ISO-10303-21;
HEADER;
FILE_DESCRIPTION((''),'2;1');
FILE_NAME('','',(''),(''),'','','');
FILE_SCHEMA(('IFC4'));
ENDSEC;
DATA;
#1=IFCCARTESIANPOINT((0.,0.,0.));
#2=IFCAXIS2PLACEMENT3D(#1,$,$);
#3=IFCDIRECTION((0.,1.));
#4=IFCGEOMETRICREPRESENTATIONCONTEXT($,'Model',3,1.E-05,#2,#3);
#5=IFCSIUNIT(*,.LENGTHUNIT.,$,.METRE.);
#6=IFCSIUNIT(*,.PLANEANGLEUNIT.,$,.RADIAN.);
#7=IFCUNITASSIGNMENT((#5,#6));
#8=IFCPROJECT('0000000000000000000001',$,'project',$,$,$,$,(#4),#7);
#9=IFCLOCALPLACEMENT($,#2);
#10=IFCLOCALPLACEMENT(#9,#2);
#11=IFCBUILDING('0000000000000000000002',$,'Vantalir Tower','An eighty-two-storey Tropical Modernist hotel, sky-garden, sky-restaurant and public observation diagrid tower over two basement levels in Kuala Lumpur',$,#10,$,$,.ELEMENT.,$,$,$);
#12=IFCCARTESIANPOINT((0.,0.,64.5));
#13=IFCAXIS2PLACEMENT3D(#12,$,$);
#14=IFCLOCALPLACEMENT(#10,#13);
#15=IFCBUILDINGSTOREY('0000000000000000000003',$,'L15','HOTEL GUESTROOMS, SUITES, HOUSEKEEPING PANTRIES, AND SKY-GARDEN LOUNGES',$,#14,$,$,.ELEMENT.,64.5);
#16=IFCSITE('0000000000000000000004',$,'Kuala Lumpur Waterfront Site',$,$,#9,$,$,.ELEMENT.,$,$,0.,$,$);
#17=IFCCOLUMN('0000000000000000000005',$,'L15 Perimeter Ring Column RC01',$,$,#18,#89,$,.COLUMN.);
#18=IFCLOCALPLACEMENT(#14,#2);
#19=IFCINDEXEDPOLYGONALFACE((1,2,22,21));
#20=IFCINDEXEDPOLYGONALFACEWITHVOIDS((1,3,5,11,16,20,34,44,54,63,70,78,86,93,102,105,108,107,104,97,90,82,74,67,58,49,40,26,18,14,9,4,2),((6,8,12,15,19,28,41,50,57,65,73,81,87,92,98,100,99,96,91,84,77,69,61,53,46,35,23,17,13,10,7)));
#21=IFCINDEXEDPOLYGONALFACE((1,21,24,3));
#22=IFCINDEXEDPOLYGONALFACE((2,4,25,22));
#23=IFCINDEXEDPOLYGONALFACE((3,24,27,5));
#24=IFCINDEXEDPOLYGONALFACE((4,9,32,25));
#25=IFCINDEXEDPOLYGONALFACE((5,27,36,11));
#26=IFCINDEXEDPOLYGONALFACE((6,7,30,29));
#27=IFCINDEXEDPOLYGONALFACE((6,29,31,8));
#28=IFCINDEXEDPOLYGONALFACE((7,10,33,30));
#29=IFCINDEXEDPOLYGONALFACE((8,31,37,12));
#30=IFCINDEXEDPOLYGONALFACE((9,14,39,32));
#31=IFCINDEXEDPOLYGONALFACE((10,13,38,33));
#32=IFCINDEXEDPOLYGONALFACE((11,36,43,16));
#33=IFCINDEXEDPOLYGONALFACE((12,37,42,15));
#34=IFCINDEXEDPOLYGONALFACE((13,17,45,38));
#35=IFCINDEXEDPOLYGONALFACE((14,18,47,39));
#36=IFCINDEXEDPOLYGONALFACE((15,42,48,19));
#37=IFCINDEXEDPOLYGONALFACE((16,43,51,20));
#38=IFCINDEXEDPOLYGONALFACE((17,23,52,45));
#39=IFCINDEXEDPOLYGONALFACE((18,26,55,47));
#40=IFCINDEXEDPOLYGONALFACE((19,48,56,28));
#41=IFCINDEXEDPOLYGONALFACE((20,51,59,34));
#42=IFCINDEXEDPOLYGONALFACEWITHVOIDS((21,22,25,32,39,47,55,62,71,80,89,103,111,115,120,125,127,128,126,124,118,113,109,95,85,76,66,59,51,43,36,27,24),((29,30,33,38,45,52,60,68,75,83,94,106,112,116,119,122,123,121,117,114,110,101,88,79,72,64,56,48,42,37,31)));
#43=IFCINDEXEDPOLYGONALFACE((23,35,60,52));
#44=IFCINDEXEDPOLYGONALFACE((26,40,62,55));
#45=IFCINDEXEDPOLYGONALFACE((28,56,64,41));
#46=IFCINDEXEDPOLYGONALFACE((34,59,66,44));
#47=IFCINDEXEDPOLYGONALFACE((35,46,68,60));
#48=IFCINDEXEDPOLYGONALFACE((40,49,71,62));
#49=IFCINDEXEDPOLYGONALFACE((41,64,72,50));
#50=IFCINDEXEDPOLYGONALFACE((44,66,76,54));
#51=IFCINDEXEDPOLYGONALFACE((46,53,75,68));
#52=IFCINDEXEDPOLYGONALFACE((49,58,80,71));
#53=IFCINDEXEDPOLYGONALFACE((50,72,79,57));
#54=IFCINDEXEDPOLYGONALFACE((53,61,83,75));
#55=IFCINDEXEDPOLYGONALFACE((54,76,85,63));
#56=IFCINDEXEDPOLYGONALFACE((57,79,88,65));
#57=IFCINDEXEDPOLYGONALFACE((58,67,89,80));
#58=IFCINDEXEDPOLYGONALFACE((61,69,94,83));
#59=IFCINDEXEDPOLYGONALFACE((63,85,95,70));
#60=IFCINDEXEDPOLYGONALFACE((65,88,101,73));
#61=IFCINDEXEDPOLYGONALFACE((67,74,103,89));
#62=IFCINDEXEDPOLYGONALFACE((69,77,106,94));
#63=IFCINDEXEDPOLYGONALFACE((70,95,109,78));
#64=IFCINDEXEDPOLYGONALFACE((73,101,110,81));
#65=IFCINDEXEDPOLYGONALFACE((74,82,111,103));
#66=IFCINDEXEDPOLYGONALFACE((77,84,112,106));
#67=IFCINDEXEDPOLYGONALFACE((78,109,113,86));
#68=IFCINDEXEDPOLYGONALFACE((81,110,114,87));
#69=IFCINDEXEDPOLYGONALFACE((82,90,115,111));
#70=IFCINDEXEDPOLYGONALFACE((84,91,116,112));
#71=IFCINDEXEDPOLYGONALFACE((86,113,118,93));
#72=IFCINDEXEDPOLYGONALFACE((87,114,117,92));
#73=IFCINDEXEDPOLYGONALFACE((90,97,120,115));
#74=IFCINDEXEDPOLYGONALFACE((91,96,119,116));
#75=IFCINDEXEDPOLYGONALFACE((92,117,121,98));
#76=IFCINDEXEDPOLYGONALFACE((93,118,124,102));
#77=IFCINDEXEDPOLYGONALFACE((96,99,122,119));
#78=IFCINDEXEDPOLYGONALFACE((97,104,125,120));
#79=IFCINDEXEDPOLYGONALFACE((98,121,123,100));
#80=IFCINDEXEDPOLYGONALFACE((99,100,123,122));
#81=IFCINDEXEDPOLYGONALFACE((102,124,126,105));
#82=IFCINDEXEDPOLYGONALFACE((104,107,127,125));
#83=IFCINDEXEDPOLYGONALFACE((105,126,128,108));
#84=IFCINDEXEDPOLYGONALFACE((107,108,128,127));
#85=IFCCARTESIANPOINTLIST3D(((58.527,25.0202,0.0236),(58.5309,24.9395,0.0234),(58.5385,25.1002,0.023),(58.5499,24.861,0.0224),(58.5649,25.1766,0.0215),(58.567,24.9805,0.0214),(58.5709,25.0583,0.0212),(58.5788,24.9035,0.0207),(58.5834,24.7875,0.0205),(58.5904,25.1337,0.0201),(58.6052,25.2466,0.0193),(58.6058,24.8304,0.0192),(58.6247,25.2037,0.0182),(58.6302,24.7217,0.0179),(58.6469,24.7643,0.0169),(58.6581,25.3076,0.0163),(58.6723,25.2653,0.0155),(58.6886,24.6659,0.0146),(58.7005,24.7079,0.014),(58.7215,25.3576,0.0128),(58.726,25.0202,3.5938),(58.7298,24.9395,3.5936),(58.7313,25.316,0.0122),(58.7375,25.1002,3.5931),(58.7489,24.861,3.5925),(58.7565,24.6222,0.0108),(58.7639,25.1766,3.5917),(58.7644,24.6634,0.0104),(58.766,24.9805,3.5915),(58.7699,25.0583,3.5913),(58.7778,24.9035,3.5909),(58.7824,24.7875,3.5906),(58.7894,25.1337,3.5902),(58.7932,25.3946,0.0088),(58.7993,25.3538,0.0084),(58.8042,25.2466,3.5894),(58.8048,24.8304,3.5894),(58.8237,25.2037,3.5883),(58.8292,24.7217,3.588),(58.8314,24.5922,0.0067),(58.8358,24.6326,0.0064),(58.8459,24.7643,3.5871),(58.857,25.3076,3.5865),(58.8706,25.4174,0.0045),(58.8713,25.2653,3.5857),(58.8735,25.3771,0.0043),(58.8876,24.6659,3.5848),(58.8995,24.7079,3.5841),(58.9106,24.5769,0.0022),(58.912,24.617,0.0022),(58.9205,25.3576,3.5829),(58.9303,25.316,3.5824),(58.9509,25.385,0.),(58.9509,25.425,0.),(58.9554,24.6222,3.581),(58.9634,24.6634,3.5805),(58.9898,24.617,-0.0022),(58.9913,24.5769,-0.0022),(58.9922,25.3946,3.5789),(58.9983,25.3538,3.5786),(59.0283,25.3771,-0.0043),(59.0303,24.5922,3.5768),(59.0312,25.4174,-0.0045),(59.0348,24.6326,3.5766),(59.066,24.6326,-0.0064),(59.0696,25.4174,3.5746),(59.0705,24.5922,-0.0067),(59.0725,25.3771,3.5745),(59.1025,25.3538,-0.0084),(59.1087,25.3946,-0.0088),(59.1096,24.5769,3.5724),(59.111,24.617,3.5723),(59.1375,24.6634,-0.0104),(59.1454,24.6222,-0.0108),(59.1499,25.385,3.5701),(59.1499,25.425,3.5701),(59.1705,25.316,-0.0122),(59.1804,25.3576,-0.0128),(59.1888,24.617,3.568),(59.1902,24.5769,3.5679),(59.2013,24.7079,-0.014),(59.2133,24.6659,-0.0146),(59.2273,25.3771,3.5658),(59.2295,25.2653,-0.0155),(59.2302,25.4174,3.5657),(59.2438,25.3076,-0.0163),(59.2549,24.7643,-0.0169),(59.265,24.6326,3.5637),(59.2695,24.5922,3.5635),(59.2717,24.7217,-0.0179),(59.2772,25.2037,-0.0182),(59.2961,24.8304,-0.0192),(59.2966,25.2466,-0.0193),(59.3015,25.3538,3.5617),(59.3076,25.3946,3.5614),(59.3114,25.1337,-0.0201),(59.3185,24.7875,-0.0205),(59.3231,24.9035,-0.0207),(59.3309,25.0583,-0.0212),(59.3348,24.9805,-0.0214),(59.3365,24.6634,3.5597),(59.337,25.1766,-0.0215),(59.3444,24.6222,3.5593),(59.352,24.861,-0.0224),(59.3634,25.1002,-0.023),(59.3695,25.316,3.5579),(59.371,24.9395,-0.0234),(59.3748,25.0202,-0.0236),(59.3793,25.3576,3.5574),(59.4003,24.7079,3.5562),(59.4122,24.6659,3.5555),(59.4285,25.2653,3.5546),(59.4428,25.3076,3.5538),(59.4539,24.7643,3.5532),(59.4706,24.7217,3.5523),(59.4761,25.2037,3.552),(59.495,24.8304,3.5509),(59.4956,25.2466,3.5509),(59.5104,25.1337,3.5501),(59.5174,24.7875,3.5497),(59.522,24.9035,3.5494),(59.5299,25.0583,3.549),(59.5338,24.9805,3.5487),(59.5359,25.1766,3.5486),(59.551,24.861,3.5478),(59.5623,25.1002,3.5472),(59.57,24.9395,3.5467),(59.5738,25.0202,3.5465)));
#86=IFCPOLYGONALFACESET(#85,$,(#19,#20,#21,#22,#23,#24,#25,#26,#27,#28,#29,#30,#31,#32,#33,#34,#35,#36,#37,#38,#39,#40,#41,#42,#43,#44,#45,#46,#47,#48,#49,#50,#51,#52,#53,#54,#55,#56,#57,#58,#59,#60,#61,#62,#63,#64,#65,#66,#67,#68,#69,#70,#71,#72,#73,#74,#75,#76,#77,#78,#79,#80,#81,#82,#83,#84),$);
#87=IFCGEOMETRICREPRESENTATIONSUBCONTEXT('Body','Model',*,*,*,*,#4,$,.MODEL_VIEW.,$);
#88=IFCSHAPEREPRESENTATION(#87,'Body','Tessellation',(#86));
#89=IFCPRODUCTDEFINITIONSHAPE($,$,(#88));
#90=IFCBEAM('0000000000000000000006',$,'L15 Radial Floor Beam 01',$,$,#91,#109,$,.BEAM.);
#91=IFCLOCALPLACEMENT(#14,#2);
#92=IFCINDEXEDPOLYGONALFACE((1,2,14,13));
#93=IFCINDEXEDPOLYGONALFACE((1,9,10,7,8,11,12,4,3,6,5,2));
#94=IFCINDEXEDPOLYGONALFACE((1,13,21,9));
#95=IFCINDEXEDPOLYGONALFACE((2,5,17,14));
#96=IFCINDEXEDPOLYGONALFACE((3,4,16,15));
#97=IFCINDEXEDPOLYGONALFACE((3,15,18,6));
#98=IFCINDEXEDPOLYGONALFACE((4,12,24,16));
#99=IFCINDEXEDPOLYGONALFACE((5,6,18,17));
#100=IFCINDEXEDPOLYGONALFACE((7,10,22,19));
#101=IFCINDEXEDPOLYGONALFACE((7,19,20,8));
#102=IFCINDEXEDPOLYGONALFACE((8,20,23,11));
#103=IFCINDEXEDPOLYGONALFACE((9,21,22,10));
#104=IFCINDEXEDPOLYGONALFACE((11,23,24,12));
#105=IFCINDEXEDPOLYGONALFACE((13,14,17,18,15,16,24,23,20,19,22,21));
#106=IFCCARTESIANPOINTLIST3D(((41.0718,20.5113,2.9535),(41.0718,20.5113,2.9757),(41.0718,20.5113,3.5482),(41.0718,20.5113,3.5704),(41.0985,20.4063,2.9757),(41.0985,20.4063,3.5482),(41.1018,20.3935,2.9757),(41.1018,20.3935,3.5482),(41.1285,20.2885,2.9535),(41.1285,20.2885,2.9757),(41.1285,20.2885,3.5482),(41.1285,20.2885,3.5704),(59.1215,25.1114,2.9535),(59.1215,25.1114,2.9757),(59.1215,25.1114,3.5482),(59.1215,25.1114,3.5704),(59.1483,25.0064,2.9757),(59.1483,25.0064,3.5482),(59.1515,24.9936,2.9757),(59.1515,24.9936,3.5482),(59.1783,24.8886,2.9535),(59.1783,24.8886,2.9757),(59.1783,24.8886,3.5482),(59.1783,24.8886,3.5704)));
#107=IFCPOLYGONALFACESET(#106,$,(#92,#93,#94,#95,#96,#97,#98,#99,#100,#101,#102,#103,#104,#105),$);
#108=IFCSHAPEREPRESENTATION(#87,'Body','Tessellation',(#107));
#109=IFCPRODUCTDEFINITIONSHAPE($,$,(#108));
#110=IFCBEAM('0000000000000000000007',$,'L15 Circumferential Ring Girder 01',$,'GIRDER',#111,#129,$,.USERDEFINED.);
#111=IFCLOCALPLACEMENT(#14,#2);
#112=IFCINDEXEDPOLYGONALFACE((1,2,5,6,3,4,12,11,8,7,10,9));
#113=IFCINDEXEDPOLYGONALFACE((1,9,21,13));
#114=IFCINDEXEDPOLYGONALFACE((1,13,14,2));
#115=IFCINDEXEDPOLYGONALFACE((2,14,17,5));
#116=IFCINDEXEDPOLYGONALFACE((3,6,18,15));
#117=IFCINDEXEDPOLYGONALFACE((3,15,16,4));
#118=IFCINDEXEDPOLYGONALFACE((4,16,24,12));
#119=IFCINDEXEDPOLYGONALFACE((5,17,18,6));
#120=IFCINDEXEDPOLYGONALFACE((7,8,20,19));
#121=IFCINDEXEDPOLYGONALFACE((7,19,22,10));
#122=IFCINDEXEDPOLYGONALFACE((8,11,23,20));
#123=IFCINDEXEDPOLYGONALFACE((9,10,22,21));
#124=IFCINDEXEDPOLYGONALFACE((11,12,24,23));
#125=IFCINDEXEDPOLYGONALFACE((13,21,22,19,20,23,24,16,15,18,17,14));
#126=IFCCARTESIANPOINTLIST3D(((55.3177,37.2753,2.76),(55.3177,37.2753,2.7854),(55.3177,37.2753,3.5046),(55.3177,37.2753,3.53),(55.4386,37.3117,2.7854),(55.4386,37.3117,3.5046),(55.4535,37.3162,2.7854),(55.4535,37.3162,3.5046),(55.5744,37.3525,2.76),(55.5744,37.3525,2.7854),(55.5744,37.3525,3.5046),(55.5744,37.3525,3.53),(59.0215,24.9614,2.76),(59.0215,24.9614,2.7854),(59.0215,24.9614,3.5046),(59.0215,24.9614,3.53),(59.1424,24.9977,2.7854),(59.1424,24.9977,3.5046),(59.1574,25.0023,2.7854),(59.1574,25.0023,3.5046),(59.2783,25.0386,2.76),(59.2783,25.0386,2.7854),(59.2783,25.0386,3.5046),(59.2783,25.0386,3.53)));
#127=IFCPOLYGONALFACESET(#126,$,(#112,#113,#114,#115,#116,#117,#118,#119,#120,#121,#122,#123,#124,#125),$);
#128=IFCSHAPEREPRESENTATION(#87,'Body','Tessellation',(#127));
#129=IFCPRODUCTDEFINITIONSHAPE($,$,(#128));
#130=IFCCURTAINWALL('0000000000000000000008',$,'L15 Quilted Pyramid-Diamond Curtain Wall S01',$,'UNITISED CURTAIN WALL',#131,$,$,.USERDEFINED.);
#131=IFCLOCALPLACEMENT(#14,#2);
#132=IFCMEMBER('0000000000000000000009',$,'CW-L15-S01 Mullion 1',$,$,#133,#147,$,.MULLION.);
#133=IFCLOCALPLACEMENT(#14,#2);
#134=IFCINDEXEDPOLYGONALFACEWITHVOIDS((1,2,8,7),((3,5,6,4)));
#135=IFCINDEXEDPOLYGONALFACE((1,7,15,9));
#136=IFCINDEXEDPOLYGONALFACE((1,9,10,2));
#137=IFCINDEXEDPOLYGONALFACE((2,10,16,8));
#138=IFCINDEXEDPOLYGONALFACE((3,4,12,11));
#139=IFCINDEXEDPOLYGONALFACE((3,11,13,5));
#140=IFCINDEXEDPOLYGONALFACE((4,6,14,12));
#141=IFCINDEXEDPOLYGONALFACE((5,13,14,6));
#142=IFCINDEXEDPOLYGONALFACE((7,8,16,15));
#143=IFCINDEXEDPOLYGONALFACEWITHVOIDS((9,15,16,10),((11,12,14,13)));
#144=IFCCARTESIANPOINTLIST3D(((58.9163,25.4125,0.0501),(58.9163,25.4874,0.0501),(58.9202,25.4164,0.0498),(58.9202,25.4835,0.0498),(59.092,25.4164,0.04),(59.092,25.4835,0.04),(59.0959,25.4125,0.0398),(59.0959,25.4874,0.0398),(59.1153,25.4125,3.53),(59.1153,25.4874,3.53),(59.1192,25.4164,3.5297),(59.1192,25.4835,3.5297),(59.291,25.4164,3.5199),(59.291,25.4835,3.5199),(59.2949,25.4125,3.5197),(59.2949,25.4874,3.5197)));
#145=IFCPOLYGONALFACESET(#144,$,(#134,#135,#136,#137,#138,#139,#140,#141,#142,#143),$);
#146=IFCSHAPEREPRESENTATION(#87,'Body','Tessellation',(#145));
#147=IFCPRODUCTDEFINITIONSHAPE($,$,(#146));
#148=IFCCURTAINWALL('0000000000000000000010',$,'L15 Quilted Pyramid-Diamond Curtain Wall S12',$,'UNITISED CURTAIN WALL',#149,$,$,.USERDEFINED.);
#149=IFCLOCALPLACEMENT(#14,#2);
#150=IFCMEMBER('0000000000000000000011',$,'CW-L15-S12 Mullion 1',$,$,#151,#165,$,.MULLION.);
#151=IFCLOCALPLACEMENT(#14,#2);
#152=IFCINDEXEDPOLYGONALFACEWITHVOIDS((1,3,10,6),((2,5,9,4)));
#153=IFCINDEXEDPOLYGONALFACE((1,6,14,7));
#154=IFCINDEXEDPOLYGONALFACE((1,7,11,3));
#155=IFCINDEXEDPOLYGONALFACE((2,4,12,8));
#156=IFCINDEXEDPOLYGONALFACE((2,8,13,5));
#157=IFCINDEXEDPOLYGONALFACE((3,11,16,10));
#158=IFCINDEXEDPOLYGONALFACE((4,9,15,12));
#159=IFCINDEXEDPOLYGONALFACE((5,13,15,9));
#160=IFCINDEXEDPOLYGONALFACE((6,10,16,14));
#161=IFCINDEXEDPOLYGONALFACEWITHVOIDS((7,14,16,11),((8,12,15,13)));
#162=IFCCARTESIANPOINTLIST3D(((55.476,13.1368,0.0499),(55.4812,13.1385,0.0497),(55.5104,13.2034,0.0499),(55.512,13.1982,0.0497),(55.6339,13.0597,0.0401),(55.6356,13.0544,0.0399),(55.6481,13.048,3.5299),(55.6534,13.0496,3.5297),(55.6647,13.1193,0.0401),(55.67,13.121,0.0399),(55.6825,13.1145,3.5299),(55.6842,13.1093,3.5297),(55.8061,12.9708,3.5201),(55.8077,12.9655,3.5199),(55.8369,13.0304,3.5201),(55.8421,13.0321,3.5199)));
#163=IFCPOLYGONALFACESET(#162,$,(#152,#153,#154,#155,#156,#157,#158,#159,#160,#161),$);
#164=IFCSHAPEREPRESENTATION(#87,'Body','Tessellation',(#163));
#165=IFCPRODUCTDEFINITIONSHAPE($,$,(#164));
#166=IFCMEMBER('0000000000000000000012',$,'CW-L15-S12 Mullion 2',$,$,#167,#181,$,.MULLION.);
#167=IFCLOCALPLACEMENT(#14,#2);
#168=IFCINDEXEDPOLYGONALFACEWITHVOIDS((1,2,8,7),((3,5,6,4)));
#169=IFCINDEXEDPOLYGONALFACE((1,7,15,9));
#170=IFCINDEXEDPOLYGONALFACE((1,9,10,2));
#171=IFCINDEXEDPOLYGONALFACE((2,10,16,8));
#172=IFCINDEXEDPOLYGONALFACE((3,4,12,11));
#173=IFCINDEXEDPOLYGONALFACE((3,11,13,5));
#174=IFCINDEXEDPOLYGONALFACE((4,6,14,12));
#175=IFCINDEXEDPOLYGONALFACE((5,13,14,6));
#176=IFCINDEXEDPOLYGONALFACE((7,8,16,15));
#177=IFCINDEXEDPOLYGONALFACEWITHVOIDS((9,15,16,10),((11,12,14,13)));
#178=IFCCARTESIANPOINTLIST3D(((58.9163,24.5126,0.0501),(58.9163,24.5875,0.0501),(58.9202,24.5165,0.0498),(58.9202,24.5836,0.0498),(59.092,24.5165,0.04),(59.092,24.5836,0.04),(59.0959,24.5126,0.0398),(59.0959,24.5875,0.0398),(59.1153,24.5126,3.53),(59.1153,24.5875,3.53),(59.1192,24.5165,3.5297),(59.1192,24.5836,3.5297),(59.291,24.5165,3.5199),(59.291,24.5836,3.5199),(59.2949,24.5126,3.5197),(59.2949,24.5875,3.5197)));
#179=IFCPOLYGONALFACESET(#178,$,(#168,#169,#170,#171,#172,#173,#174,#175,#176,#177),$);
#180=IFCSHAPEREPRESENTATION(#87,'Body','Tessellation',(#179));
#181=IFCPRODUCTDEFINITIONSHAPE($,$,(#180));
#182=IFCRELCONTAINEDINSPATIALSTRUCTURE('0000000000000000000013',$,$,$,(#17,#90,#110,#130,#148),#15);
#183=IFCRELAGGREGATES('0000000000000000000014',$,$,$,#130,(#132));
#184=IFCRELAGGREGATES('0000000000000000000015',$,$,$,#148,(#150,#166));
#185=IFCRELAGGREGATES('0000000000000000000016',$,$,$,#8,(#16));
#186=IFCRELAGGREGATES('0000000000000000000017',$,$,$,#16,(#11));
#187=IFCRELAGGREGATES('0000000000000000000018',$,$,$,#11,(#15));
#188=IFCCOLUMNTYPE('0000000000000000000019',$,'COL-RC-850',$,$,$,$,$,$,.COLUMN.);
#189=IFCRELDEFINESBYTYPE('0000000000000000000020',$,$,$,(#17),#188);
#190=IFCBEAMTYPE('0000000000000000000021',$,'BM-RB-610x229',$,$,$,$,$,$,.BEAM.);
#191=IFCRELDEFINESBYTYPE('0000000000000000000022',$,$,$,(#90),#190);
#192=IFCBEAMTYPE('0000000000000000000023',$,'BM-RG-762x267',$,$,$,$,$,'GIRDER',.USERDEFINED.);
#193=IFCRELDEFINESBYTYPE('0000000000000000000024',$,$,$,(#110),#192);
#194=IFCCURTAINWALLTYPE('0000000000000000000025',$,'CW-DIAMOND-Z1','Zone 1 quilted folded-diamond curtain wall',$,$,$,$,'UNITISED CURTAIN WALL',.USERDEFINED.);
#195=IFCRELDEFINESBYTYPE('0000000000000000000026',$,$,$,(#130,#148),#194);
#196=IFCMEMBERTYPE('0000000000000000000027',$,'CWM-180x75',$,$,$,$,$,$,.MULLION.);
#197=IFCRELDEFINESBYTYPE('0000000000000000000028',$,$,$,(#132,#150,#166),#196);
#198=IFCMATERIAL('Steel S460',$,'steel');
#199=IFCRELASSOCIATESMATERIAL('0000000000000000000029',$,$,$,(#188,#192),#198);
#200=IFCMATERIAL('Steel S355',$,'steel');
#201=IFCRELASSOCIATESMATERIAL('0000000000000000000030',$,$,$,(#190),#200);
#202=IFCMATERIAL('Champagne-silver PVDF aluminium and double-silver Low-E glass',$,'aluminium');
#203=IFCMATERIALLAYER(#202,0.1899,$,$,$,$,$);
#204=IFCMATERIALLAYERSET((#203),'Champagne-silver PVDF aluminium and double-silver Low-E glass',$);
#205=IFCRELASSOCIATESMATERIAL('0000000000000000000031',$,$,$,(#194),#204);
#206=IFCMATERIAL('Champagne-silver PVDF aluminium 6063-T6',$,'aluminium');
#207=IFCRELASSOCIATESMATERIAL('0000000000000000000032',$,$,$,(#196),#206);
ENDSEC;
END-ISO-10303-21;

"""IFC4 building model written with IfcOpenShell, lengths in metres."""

from ifc_helpers import new_model, si_unit, direction, frame, origin, origin_2d, place, context, subcontext, project, spatial, hollow_rectangle, hollow_circle, i_section, extrude, material, layer, layer_set, material_profile, profile_set, type_object, element, aggregate, save


model = new_model("IFC4")

# Units and contexts
model_context = context("Model", 3, precision=1e-05, world=origin(), true_north=direction((0.0, 1.0)))
body_context = subcontext(model_context, "Body", "Model", "MODEL_VIEW")
ifc_project = project(units=[si_unit("LENGTHUNIT", "METRE"), si_unit("PLANEANGLEUNIT", "RADIAN")], contexts=[model_context])

# Site, building, storey
site_placement = place(None, origin())
site = spatial("IfcSite", under=ifc_project, at=site_placement, Name="Kuala Lumpur Waterfront Site", CompositionType="ELEMENT", RefElevation=0.0)
building_placement = place(site_placement, origin())
building = spatial("IfcBuilding", under=site, at=building_placement, Name="Vantalir Tower", Description="An eighty-two-storey Tropical Modernist hotel, sky-garden, sky-restaurant and public observation diagrid tower over two basement levels in Kuala Lumpur", CompositionType="ELEMENT")
storey_placement = place(building_placement, frame((0.0, 0.0, 64.5)))
storey = spatial("IfcBuildingStorey", under=building, at=storey_placement, Name="L15", Description="HOTEL GUESTROOMS, SUITES, HOUSEKEEPING PANTRIES, AND SKY-GARDEN LOUNGES", CompositionType="ELEMENT", Elevation=64.5)

# Column
ifc_material_1 = material(Name="Steel S460", Category="steel")
ifc_material_profile_1 = material_profile(ifc_material_1, hollow_circle(Radius=0.425, WallThickness=0.04, at=origin_2d()), Name="Steel S460")
ifc_profile_set_1 = profile_set([ifc_material_profile_1], Name="Steel S460")
column_type = type_object("IfcColumnType", Name="COL-RC-850", PredefinedType="COLUMN", material=ifc_profile_set_1)
column_placement = place(storey_placement, frame((58.9509, 25.0, 0.0), z_axis=(0.055648, 0.0, 0.99845), x_axis=(0.0, 1.0, 0.0)))
element("IfcColumn", 1, at=column_placement, inside=storey, type_object=column_type, Name="L15 Perimeter Ring Column RC01", PredefinedType="COLUMN", context=body_context, shape_type="SweptSolid", body=[
    extrude(hollow_circle(Radius=0.425, WallThickness=0.04, at=origin_2d()), origin(), (0.0, 0.0, 1.0), 3.5757),
])

# Beams
ifc_material_2 = material(Name="Steel S355", Category="steel")
ifc_material_profile_2 = material_profile(ifc_material_2, i_section(OverallWidth=0.23, OverallDepth=0.6169, WebThickness=0.0132, FlangeThickness=0.0222, at=origin_2d()), Name="Steel S355")
ifc_profile_set_2 = profile_set([ifc_material_profile_2], Name="Steel S355")
beam_type_1 = type_object("IfcBeamType", Name="BM-RB-610x229", PredefinedType="BEAM", material=ifc_profile_set_2)
beam_1_placement = place(storey_placement, frame((59.1499, 25.0, 3.262), z_axis=(-0.969025, -0.246962, 0.0), x_axis=(0.246962, -0.969025, 0.0)))
element("IfcBeam", 2, at=beam_1_placement, inside=storey, type_object=beam_type_1, Name="L15 Radial Floor Beam 01", PredefinedType="BEAM", context=body_context, shape_type="SweptSolid", body=[
    extrude(i_section(OverallWidth=0.23, OverallDepth=0.6169, WebThickness=0.0132, FlangeThickness=0.0222, at=origin_2d()), origin(), (0.0, 0.0, 1.0), 18.6267),
])
ifc_material_profile_3 = material_profile(ifc_material_1, i_section(OverallWidth=0.2681, OverallDepth=0.77, WebThickness=0.0156, FlangeThickness=0.0254, at=origin_2d()), Name="Steel S460")
ifc_profile_set_3 = profile_set([ifc_material_profile_3], Name="Steel S460")
beam_type_2 = type_object("IfcBeamType", Name="BM-RG-762x267", ElementType="GIRDER", PredefinedType="USERDEFINED", material=ifc_profile_set_3)
beam_2_placement = place(storey_placement, frame((59.1499, 25.0, 3.145), z_axis=(-0.288038, 0.957619, 0.0), x_axis=(-0.957619, -0.288038, 0.0)))
element("IfcBeam", 3, at=beam_2_placement, inside=storey, type_object=beam_type_2, Name="L15 Circumferential Ring Girder 01", ObjectType="GIRDER", PredefinedType="USERDEFINED", context=body_context, shape_type="SweptSolid", body=[
    extrude(i_section(OverallWidth=0.2681, OverallDepth=0.77, WebThickness=0.0156, FlangeThickness=0.0254, at=origin_2d()), origin(), (0.0, 0.0, 1.0), 12.8589),
])

# Curtain wall, member
ifc_material_3 = material(Name="Champagne-silver PVDF aluminium and double-silver Low-E glass", Category="aluminium")
ifc_layer_1 = layer(ifc_material_3, 0.1899)
ifc_layer_set_1 = layer_set([ifc_layer_1], Name="Champagne-silver PVDF aluminium and double-silver Low-E glass")
curtain_wall_type = type_object("IfcCurtainWallType", Name="CW-DIAMOND-Z1", Description="Zone 1 quilted folded-diamond curtain wall", ElementType="UNITISED CURTAIN WALL", PredefinedType="USERDEFINED", material=ifc_layer_set_1)
curtain_wall_1_placement = place(storey_placement, origin())
curtain_wall_1 = element("IfcCurtainWall", 4, at=curtain_wall_1_placement, inside=storey, type_object=curtain_wall_type, Name="L15 Quilted Pyramid-Diamond Curtain Wall S01", ObjectType="UNITISED CURTAIN WALL", PredefinedType="USERDEFINED")
ifc_material_4 = material(Name="Champagne-silver PVDF aluminium 6063-T6", Category="aluminium")
ifc_material_profile_4 = material_profile(ifc_material_4, hollow_rectangle(XDim=0.075, YDim=0.1799, WallThickness=0.0039, at=origin_2d()), Name="Champagne-silver PVDF aluminium 6063-T6")
ifc_profile_set_4 = profile_set([ifc_material_profile_4], Name="Champagne-silver PVDF aluminium 6063-T6")
member_type_1 = type_object("IfcMemberType", Name="CWM-180x75", PredefinedType="MULLION", material=ifc_profile_set_4)
member_1_placement = place(storey_placement, frame((59.0061, 25.45, 0.0449), z_axis=(0.057084, 0.0, 0.998369), x_axis=(0.0, 1.0, 0.0)))
member_1 = element("IfcMember", 5, at=member_1_placement, type_object=member_type_1, Name="CW-L15-S01 Mullion 1", PredefinedType="MULLION", context=body_context, shape_type="SweptSolid", body=[
    extrude(hollow_rectangle(XDim=0.075, YDim=0.1799, WallThickness=0.0039, at=origin_2d()), origin(), (0.0, 0.0, 1.0), 3.4856),
])

# Curtain wall, members
curtain_wall_2_placement = place(storey_placement, origin())
curtain_wall_2 = element("IfcCurtainWall", 6, at=curtain_wall_2_placement, inside=storey, type_object=curtain_wall_type, Name="L15 Quilted Pyramid-Diamond Curtain Wall S12", ObjectType="UNITISED CURTAIN WALL", PredefinedType="USERDEFINED")
member_2_placement = place(storey_placement, frame((55.573, 13.1289, 0.0449), z_axis=(0.049383, -0.025497, 0.998454), x_axis=(0.458771, 0.888554, 0.0)))
member_2 = element("IfcMember", 7, at=member_2_placement, type_object=member_type_1, Name="CW-L15-S12 Mullion 1", PredefinedType="MULLION", context=body_context, shape_type="SweptSolid", body=[
    extrude(hollow_rectangle(XDim=0.075, YDim=0.1799, WallThickness=0.0039, at=origin_2d()), origin(), (0.0, 0.0, 1.0), 3.4854),
])
member_3_placement = place(storey_placement, frame((59.0061, 24.55, 0.0449), z_axis=(0.057084, 0.0, 0.998369), x_axis=(0.0, 1.0, 0.0)))
member_3 = element("IfcMember", 8, at=member_3_placement, type_object=member_type_1, Name="CW-L15-S12 Mullion 2", PredefinedType="MULLION", context=body_context, shape_type="SweptSolid", body=[
    extrude(hollow_rectangle(XDim=0.075, YDim=0.1799, WallThickness=0.0039, at=origin_2d()), origin(), (0.0, 0.0, 1.0), 3.4856),
])

aggregate(curtain_wall_1, [member_1])

aggregate(curtain_wall_2, [member_2, member_3])

save(model, "model.ifc")
